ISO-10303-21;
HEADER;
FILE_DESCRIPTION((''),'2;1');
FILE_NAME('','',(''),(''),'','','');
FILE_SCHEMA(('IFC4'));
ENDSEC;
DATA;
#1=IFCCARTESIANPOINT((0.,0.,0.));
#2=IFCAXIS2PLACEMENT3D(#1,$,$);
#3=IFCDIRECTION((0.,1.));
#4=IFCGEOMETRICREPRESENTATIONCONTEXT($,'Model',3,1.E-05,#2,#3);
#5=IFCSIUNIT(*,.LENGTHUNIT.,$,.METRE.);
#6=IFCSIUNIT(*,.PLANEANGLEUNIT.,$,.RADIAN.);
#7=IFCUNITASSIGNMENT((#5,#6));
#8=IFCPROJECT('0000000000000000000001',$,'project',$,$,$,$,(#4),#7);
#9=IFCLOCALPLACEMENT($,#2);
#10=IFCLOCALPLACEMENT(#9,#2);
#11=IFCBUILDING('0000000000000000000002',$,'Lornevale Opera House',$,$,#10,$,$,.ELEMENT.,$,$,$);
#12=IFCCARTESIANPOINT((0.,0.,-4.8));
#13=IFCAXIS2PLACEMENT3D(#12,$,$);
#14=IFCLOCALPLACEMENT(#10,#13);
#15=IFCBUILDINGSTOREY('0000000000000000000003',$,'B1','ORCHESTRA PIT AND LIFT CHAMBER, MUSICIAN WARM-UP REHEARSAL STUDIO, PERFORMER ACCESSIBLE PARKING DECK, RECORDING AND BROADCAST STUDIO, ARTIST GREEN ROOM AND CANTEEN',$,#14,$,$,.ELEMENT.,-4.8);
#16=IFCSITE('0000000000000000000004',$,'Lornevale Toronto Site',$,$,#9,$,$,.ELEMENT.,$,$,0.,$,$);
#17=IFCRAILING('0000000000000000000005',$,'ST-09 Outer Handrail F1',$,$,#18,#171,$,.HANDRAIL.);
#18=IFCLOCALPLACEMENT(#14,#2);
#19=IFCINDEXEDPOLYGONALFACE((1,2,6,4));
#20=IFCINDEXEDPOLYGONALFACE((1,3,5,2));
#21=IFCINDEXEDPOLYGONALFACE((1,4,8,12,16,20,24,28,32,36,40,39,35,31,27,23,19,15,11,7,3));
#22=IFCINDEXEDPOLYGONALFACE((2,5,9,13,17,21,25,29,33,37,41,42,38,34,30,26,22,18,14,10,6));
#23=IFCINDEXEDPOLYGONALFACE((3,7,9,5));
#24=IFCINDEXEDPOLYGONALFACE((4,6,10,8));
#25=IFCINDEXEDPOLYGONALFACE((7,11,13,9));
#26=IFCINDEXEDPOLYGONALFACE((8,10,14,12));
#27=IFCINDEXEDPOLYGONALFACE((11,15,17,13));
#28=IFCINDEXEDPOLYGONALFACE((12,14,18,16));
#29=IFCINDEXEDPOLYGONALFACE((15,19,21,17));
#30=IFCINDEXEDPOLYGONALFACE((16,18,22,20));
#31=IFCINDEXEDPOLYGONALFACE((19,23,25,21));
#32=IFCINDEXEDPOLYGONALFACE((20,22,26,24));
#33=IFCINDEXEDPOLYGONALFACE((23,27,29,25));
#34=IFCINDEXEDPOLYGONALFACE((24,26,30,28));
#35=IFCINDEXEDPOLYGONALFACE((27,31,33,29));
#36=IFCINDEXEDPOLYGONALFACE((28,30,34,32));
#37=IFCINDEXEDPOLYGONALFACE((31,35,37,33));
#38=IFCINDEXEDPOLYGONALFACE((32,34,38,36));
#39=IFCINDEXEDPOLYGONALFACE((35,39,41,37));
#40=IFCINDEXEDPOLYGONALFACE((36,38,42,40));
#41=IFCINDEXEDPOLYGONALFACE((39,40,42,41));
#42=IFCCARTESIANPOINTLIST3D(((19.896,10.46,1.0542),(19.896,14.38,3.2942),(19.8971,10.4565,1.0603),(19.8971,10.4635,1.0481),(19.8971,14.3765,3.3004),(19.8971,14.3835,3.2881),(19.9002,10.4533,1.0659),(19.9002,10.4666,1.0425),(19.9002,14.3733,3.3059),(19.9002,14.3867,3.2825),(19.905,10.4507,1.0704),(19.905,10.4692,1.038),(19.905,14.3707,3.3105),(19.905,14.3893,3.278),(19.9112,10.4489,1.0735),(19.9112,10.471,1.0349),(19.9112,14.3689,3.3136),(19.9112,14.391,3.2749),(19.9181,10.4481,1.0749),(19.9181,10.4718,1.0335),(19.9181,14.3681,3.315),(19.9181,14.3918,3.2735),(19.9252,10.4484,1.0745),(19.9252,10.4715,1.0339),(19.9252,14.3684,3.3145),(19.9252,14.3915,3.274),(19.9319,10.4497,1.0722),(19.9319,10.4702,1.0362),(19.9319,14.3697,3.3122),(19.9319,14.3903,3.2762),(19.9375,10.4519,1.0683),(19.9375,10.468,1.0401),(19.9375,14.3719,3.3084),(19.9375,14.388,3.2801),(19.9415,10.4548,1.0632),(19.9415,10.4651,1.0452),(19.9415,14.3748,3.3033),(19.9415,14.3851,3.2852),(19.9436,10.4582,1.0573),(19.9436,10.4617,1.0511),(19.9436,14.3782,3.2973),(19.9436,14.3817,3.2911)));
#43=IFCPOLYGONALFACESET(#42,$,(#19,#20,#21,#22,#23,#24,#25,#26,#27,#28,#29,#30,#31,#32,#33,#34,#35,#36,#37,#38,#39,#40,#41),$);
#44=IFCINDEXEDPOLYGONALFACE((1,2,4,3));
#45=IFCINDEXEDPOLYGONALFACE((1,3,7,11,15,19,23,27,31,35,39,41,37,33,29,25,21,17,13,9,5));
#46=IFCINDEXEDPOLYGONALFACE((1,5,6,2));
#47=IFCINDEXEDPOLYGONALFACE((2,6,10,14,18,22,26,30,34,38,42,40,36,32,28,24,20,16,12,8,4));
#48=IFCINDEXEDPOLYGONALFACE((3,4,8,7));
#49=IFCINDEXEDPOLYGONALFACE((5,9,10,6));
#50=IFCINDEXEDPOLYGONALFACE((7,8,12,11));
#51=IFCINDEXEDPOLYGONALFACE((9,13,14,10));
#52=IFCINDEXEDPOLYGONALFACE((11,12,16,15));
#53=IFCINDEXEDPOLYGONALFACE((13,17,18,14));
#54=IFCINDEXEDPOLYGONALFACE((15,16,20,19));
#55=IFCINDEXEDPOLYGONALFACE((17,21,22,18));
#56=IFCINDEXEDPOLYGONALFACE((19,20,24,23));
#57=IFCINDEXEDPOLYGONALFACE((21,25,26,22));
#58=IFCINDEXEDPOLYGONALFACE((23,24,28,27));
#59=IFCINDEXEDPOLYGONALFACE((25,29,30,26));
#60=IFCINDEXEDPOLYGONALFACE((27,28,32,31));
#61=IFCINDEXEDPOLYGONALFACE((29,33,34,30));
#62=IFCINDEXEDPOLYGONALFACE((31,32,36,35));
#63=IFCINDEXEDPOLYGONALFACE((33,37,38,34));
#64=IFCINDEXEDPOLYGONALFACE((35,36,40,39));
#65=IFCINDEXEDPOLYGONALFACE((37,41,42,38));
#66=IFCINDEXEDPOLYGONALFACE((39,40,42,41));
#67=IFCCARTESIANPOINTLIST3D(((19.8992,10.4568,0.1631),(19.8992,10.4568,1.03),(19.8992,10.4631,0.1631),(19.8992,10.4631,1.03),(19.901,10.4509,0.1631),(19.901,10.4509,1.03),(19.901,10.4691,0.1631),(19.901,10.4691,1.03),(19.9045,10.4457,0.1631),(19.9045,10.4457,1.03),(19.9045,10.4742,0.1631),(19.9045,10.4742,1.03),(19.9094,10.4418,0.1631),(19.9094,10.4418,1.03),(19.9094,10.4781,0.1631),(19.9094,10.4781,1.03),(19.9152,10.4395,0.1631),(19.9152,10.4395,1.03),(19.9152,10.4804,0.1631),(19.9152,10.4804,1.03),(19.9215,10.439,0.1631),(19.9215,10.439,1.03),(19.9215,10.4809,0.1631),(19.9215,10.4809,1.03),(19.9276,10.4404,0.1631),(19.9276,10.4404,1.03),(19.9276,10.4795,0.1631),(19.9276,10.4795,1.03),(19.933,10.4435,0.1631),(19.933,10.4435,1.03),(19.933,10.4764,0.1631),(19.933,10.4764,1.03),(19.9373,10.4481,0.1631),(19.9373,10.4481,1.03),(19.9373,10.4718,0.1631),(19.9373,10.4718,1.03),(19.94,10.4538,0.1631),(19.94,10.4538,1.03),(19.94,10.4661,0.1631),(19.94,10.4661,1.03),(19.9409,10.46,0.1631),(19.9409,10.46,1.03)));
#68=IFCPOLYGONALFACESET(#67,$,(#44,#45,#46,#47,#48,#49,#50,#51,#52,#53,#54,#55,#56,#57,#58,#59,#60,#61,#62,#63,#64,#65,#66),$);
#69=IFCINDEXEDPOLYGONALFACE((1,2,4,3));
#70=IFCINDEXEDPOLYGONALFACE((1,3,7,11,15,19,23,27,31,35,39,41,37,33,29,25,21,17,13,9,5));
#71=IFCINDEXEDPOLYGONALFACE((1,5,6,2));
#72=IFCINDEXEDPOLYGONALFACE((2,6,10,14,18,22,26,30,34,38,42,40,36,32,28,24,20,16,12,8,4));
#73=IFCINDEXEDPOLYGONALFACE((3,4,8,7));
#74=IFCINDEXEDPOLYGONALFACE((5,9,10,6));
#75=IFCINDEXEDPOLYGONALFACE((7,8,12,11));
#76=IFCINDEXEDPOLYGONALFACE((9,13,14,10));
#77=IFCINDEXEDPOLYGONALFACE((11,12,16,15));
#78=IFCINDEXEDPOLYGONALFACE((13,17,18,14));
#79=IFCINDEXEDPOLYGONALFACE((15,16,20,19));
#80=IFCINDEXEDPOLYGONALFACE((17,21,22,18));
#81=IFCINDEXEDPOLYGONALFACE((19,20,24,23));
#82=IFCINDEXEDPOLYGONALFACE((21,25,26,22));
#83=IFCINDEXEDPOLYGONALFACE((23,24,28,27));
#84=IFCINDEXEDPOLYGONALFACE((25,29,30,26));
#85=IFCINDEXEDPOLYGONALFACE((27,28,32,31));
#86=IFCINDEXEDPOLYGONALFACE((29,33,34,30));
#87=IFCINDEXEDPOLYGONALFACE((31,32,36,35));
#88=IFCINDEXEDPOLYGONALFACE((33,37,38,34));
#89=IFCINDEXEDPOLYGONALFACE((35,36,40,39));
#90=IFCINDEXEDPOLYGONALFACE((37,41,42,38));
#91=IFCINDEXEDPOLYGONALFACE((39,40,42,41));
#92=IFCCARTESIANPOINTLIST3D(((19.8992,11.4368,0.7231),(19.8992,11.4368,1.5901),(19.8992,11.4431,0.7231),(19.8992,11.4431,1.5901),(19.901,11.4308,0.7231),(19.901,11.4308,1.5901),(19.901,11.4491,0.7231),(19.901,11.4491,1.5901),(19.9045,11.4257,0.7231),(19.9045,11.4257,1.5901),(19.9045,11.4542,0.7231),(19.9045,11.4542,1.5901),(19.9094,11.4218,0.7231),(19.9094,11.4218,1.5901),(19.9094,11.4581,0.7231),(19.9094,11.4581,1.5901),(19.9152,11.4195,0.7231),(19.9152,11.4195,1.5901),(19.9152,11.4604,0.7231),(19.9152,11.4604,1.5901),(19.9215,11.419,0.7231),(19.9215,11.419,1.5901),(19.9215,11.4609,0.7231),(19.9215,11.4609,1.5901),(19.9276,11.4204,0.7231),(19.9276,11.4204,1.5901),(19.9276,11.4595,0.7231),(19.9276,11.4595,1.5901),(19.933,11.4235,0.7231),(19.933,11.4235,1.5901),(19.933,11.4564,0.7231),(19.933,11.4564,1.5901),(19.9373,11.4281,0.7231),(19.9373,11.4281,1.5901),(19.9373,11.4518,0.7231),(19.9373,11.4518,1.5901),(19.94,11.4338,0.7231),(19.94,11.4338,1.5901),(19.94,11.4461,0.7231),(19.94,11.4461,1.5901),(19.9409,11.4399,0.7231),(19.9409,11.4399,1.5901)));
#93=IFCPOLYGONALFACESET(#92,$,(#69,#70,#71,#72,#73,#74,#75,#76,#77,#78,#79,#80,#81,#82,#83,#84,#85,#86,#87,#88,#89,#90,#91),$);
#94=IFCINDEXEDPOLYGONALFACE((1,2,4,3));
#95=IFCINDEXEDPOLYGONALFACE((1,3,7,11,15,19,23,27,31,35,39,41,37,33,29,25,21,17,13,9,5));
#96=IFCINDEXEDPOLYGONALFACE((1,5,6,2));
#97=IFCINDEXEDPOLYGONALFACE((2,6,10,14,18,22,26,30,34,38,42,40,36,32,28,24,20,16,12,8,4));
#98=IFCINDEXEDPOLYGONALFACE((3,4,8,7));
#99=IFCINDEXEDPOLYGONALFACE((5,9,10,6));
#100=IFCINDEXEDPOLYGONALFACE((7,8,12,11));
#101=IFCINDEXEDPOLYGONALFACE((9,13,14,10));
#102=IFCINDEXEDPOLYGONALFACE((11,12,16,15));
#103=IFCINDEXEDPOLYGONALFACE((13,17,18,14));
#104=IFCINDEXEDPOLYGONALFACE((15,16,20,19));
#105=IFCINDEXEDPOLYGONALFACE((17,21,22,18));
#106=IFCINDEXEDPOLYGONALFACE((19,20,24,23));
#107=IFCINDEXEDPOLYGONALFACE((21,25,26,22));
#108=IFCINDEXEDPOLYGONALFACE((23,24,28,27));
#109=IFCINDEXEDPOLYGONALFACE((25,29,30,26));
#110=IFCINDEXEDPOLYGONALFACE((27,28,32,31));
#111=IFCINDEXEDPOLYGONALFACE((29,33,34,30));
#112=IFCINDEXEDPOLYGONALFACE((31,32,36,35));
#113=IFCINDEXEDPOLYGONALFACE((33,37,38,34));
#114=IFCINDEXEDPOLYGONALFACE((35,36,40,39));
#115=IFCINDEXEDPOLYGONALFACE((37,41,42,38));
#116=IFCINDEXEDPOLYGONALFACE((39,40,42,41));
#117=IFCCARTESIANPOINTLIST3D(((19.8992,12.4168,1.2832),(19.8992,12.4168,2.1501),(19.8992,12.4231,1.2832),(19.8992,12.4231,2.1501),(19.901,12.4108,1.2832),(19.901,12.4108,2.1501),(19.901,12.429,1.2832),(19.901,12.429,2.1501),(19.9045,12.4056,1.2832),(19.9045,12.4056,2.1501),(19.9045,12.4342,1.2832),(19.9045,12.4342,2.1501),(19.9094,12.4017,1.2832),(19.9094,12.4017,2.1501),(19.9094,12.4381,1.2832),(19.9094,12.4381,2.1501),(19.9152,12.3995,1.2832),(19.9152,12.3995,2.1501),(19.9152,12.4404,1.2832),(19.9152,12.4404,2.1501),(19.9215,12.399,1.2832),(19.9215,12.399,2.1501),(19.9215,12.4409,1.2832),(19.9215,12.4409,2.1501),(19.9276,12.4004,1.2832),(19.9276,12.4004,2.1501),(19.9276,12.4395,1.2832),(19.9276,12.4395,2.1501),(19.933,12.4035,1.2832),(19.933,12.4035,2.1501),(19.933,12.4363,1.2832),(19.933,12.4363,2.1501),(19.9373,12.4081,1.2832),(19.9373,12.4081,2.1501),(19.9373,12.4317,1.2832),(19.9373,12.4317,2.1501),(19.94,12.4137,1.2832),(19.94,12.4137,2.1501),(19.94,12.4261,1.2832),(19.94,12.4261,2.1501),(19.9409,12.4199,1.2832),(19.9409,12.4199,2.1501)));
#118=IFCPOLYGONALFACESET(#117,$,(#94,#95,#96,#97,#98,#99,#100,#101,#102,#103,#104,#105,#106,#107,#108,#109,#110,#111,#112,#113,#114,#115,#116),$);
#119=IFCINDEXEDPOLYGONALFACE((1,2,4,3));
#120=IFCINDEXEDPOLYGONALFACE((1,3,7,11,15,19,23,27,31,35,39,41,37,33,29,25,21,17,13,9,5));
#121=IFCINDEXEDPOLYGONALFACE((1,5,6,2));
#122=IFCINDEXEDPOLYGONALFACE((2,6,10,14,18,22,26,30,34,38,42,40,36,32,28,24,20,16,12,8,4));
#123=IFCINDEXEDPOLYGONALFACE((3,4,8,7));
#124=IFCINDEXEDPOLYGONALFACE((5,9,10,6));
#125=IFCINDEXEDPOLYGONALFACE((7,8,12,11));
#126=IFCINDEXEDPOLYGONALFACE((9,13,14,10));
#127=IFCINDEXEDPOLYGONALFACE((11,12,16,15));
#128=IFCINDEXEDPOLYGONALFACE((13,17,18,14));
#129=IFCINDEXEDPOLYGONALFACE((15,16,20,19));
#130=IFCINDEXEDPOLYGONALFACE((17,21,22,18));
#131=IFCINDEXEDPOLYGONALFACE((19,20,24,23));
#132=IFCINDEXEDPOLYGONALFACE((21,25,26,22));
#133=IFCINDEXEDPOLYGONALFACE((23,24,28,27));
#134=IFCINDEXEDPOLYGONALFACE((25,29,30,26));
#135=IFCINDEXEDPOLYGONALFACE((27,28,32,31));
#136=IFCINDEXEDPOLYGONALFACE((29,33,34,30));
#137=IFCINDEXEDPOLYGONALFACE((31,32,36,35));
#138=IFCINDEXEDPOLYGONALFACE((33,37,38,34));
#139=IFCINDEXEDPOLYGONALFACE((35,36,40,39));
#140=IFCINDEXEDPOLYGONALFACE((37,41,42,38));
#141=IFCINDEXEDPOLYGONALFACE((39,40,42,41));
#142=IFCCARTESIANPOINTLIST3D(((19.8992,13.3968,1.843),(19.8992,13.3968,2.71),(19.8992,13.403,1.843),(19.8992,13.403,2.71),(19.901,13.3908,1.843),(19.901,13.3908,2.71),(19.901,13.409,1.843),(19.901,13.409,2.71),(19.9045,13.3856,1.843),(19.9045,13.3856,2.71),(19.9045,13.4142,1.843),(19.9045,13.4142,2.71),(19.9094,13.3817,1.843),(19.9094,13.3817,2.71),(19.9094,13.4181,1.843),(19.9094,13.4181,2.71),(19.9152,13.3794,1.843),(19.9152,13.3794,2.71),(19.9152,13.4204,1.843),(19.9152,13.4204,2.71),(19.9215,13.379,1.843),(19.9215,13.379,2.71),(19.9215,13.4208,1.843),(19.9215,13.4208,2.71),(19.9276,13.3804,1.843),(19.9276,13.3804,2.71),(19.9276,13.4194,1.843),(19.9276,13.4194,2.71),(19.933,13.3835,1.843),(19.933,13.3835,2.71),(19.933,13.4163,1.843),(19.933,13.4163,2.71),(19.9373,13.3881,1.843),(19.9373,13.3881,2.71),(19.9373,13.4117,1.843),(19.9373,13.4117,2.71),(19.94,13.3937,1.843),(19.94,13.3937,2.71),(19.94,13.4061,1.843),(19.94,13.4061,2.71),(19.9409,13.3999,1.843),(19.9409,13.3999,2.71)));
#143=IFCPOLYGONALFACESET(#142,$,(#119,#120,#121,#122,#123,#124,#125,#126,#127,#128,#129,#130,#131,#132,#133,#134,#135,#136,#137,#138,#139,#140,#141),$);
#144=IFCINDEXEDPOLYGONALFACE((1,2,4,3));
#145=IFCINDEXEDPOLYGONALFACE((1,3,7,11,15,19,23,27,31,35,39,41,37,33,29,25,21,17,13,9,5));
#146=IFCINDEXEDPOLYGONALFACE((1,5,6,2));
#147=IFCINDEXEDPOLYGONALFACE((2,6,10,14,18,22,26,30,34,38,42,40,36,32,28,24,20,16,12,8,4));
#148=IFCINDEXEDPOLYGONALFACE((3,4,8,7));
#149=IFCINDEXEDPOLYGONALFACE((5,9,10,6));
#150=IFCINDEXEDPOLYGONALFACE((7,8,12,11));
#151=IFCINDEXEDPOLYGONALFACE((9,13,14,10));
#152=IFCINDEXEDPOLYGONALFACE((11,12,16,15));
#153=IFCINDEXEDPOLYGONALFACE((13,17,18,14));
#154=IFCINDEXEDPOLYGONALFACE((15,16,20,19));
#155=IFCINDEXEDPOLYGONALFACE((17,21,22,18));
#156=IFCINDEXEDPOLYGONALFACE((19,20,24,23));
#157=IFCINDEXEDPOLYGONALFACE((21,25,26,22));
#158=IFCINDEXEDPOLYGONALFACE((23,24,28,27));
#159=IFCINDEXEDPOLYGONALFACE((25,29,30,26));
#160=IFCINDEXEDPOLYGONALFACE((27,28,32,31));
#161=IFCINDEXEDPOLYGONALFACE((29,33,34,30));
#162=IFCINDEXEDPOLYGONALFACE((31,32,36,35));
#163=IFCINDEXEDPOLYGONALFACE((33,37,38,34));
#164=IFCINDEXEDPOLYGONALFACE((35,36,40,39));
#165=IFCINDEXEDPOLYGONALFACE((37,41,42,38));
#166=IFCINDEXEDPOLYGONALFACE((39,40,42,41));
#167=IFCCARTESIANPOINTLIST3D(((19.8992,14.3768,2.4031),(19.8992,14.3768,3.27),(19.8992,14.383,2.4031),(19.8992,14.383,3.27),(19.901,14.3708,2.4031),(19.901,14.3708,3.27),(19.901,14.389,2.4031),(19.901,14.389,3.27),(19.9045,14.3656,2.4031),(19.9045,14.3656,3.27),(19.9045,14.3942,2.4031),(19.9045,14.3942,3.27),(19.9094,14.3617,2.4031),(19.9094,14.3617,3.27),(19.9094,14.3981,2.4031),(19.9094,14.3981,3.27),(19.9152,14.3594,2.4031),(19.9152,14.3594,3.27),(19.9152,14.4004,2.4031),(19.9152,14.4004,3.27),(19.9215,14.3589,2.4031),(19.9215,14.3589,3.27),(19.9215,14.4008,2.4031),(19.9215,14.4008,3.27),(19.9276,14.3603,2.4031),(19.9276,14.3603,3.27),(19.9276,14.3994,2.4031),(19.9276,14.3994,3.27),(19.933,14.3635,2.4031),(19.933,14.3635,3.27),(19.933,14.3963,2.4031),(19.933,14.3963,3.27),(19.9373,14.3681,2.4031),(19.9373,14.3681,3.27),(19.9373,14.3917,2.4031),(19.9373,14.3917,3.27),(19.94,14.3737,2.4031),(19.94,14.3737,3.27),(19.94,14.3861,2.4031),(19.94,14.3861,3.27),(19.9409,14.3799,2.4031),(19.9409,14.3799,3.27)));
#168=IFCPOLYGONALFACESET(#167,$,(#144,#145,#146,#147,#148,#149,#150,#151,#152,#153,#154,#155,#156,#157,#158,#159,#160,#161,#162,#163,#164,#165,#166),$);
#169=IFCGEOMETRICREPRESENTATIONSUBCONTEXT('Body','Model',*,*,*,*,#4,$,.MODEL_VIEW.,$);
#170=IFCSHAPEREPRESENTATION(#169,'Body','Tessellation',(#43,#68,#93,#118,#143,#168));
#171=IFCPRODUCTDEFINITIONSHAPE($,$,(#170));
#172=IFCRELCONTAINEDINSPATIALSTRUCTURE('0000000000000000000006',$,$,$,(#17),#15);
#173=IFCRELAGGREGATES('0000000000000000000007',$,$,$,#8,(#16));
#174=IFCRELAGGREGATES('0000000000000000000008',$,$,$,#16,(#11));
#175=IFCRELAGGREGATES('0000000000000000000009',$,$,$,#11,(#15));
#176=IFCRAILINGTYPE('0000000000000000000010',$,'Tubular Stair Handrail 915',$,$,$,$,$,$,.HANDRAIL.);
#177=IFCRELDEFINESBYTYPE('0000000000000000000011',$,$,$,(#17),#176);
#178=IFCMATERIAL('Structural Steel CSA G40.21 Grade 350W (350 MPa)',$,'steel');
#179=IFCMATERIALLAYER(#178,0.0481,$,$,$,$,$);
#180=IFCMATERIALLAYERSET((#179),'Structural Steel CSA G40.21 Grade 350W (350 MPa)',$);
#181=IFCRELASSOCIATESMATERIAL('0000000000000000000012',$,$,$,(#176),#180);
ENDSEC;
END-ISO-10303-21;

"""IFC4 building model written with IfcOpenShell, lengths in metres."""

from ifc_helpers import new_model, si_unit, direction, frame, origin, origin_2d, place, context, subcontext, project, spatial, circle, extrude, material, layer, layer_set, type_object, element, save


model = new_model("IFC4")

# Units and contexts
model_context = context("Model", 3, precision=1e-05, world=origin(), true_north=direction((0.0, 1.0)))
body_context = subcontext(model_context, "Body", "Model", "MODEL_VIEW")
ifc_project = project(units=[si_unit("LENGTHUNIT", "METRE"), si_unit("PLANEANGLEUNIT", "RADIAN")], contexts=[model_context])

# Site, building, storey
site_placement = place(None, origin())
site = spatial("IfcSite", under=ifc_project, at=site_placement, Name="Lornevale Toronto Site", CompositionType="ELEMENT", RefElevation=0.0)
building_placement = place(site_placement, origin())
building = spatial("IfcBuilding", under=site, at=building_placement, Name="Lornevale Opera House", CompositionType="ELEMENT")
storey_placement = place(building_placement, frame((0.0, 0.0, -4.8)))
storey = spatial("IfcBuildingStorey", under=building, at=storey_placement, Name="B1", Description="ORCHESTRA PIT AND LIFT CHAMBER, MUSICIAN WARM-UP REHEARSAL STUDIO, PERFORMER ACCESSIBLE PARKING DECK, RECORDING AND BROADCAST STUDIO, ARTIST GREEN ROOM AND CANTEEN", CompositionType="ELEMENT", Elevation=-4.8)

# Railing
ifc_material_1 = material(Name="Structural Steel CSA G40.21 Grade 350W (350 MPa)", Category="steel")
ifc_layer_1 = layer(ifc_material_1, 0.0481)
ifc_layer_set_1 = layer_set([ifc_layer_1], Name="Structural Steel CSA G40.21 Grade 350W (350 MPa)")
railing_type_1 = type_object("IfcRailingType", Name="Tubular Stair Handrail 915", PredefinedType="HANDRAIL", material=ifc_layer_set_1)
railing_1_placement = place(storey_placement, frame((19.9199, 10.46, 0.1631)))
element("IfcRailing", 1, at=railing_1_placement, inside=storey, type_object=railing_type_1, Name="ST-09 Outer Handrail F1", PredefinedType="HANDRAIL", context=body_context, shape_type="SweptSolid", body=[
    extrude(circle(Radius=0.0239, at=origin_2d()), frame((0.0, 0.0, 0.8911), z_axis=(0.0, 0.86824, 0.496145), x_axis=(-1.0, 0.0, 0.0)), (0.0, 0.0, 1.0), 4.5149),
    extrude(circle(Radius=0.021, at=origin_2d()), origin(), (0.0, 0.0, 1.0), 0.8669),
    extrude(circle(Radius=0.021, at=origin_2d()), frame((0.0, 0.98, 0.5601)), (0.0, 0.0, 1.0), 0.8669),
    extrude(circle(Radius=0.021, at=origin_2d()), frame((0.0, 1.96, 1.1201)), (0.0, 0.0, 1.0), 0.8669),
    extrude(circle(Radius=0.021, at=origin_2d()), frame((0.0, 2.9399, 1.6799)), (0.0, 0.0, 1.0), 0.8669),
    extrude(circle(Radius=0.021, at=origin_2d()), frame((0.0, 3.9199, 2.24)), (0.0, 0.0, 1.0), 0.8669),
])

save(model, "model.ifc")
